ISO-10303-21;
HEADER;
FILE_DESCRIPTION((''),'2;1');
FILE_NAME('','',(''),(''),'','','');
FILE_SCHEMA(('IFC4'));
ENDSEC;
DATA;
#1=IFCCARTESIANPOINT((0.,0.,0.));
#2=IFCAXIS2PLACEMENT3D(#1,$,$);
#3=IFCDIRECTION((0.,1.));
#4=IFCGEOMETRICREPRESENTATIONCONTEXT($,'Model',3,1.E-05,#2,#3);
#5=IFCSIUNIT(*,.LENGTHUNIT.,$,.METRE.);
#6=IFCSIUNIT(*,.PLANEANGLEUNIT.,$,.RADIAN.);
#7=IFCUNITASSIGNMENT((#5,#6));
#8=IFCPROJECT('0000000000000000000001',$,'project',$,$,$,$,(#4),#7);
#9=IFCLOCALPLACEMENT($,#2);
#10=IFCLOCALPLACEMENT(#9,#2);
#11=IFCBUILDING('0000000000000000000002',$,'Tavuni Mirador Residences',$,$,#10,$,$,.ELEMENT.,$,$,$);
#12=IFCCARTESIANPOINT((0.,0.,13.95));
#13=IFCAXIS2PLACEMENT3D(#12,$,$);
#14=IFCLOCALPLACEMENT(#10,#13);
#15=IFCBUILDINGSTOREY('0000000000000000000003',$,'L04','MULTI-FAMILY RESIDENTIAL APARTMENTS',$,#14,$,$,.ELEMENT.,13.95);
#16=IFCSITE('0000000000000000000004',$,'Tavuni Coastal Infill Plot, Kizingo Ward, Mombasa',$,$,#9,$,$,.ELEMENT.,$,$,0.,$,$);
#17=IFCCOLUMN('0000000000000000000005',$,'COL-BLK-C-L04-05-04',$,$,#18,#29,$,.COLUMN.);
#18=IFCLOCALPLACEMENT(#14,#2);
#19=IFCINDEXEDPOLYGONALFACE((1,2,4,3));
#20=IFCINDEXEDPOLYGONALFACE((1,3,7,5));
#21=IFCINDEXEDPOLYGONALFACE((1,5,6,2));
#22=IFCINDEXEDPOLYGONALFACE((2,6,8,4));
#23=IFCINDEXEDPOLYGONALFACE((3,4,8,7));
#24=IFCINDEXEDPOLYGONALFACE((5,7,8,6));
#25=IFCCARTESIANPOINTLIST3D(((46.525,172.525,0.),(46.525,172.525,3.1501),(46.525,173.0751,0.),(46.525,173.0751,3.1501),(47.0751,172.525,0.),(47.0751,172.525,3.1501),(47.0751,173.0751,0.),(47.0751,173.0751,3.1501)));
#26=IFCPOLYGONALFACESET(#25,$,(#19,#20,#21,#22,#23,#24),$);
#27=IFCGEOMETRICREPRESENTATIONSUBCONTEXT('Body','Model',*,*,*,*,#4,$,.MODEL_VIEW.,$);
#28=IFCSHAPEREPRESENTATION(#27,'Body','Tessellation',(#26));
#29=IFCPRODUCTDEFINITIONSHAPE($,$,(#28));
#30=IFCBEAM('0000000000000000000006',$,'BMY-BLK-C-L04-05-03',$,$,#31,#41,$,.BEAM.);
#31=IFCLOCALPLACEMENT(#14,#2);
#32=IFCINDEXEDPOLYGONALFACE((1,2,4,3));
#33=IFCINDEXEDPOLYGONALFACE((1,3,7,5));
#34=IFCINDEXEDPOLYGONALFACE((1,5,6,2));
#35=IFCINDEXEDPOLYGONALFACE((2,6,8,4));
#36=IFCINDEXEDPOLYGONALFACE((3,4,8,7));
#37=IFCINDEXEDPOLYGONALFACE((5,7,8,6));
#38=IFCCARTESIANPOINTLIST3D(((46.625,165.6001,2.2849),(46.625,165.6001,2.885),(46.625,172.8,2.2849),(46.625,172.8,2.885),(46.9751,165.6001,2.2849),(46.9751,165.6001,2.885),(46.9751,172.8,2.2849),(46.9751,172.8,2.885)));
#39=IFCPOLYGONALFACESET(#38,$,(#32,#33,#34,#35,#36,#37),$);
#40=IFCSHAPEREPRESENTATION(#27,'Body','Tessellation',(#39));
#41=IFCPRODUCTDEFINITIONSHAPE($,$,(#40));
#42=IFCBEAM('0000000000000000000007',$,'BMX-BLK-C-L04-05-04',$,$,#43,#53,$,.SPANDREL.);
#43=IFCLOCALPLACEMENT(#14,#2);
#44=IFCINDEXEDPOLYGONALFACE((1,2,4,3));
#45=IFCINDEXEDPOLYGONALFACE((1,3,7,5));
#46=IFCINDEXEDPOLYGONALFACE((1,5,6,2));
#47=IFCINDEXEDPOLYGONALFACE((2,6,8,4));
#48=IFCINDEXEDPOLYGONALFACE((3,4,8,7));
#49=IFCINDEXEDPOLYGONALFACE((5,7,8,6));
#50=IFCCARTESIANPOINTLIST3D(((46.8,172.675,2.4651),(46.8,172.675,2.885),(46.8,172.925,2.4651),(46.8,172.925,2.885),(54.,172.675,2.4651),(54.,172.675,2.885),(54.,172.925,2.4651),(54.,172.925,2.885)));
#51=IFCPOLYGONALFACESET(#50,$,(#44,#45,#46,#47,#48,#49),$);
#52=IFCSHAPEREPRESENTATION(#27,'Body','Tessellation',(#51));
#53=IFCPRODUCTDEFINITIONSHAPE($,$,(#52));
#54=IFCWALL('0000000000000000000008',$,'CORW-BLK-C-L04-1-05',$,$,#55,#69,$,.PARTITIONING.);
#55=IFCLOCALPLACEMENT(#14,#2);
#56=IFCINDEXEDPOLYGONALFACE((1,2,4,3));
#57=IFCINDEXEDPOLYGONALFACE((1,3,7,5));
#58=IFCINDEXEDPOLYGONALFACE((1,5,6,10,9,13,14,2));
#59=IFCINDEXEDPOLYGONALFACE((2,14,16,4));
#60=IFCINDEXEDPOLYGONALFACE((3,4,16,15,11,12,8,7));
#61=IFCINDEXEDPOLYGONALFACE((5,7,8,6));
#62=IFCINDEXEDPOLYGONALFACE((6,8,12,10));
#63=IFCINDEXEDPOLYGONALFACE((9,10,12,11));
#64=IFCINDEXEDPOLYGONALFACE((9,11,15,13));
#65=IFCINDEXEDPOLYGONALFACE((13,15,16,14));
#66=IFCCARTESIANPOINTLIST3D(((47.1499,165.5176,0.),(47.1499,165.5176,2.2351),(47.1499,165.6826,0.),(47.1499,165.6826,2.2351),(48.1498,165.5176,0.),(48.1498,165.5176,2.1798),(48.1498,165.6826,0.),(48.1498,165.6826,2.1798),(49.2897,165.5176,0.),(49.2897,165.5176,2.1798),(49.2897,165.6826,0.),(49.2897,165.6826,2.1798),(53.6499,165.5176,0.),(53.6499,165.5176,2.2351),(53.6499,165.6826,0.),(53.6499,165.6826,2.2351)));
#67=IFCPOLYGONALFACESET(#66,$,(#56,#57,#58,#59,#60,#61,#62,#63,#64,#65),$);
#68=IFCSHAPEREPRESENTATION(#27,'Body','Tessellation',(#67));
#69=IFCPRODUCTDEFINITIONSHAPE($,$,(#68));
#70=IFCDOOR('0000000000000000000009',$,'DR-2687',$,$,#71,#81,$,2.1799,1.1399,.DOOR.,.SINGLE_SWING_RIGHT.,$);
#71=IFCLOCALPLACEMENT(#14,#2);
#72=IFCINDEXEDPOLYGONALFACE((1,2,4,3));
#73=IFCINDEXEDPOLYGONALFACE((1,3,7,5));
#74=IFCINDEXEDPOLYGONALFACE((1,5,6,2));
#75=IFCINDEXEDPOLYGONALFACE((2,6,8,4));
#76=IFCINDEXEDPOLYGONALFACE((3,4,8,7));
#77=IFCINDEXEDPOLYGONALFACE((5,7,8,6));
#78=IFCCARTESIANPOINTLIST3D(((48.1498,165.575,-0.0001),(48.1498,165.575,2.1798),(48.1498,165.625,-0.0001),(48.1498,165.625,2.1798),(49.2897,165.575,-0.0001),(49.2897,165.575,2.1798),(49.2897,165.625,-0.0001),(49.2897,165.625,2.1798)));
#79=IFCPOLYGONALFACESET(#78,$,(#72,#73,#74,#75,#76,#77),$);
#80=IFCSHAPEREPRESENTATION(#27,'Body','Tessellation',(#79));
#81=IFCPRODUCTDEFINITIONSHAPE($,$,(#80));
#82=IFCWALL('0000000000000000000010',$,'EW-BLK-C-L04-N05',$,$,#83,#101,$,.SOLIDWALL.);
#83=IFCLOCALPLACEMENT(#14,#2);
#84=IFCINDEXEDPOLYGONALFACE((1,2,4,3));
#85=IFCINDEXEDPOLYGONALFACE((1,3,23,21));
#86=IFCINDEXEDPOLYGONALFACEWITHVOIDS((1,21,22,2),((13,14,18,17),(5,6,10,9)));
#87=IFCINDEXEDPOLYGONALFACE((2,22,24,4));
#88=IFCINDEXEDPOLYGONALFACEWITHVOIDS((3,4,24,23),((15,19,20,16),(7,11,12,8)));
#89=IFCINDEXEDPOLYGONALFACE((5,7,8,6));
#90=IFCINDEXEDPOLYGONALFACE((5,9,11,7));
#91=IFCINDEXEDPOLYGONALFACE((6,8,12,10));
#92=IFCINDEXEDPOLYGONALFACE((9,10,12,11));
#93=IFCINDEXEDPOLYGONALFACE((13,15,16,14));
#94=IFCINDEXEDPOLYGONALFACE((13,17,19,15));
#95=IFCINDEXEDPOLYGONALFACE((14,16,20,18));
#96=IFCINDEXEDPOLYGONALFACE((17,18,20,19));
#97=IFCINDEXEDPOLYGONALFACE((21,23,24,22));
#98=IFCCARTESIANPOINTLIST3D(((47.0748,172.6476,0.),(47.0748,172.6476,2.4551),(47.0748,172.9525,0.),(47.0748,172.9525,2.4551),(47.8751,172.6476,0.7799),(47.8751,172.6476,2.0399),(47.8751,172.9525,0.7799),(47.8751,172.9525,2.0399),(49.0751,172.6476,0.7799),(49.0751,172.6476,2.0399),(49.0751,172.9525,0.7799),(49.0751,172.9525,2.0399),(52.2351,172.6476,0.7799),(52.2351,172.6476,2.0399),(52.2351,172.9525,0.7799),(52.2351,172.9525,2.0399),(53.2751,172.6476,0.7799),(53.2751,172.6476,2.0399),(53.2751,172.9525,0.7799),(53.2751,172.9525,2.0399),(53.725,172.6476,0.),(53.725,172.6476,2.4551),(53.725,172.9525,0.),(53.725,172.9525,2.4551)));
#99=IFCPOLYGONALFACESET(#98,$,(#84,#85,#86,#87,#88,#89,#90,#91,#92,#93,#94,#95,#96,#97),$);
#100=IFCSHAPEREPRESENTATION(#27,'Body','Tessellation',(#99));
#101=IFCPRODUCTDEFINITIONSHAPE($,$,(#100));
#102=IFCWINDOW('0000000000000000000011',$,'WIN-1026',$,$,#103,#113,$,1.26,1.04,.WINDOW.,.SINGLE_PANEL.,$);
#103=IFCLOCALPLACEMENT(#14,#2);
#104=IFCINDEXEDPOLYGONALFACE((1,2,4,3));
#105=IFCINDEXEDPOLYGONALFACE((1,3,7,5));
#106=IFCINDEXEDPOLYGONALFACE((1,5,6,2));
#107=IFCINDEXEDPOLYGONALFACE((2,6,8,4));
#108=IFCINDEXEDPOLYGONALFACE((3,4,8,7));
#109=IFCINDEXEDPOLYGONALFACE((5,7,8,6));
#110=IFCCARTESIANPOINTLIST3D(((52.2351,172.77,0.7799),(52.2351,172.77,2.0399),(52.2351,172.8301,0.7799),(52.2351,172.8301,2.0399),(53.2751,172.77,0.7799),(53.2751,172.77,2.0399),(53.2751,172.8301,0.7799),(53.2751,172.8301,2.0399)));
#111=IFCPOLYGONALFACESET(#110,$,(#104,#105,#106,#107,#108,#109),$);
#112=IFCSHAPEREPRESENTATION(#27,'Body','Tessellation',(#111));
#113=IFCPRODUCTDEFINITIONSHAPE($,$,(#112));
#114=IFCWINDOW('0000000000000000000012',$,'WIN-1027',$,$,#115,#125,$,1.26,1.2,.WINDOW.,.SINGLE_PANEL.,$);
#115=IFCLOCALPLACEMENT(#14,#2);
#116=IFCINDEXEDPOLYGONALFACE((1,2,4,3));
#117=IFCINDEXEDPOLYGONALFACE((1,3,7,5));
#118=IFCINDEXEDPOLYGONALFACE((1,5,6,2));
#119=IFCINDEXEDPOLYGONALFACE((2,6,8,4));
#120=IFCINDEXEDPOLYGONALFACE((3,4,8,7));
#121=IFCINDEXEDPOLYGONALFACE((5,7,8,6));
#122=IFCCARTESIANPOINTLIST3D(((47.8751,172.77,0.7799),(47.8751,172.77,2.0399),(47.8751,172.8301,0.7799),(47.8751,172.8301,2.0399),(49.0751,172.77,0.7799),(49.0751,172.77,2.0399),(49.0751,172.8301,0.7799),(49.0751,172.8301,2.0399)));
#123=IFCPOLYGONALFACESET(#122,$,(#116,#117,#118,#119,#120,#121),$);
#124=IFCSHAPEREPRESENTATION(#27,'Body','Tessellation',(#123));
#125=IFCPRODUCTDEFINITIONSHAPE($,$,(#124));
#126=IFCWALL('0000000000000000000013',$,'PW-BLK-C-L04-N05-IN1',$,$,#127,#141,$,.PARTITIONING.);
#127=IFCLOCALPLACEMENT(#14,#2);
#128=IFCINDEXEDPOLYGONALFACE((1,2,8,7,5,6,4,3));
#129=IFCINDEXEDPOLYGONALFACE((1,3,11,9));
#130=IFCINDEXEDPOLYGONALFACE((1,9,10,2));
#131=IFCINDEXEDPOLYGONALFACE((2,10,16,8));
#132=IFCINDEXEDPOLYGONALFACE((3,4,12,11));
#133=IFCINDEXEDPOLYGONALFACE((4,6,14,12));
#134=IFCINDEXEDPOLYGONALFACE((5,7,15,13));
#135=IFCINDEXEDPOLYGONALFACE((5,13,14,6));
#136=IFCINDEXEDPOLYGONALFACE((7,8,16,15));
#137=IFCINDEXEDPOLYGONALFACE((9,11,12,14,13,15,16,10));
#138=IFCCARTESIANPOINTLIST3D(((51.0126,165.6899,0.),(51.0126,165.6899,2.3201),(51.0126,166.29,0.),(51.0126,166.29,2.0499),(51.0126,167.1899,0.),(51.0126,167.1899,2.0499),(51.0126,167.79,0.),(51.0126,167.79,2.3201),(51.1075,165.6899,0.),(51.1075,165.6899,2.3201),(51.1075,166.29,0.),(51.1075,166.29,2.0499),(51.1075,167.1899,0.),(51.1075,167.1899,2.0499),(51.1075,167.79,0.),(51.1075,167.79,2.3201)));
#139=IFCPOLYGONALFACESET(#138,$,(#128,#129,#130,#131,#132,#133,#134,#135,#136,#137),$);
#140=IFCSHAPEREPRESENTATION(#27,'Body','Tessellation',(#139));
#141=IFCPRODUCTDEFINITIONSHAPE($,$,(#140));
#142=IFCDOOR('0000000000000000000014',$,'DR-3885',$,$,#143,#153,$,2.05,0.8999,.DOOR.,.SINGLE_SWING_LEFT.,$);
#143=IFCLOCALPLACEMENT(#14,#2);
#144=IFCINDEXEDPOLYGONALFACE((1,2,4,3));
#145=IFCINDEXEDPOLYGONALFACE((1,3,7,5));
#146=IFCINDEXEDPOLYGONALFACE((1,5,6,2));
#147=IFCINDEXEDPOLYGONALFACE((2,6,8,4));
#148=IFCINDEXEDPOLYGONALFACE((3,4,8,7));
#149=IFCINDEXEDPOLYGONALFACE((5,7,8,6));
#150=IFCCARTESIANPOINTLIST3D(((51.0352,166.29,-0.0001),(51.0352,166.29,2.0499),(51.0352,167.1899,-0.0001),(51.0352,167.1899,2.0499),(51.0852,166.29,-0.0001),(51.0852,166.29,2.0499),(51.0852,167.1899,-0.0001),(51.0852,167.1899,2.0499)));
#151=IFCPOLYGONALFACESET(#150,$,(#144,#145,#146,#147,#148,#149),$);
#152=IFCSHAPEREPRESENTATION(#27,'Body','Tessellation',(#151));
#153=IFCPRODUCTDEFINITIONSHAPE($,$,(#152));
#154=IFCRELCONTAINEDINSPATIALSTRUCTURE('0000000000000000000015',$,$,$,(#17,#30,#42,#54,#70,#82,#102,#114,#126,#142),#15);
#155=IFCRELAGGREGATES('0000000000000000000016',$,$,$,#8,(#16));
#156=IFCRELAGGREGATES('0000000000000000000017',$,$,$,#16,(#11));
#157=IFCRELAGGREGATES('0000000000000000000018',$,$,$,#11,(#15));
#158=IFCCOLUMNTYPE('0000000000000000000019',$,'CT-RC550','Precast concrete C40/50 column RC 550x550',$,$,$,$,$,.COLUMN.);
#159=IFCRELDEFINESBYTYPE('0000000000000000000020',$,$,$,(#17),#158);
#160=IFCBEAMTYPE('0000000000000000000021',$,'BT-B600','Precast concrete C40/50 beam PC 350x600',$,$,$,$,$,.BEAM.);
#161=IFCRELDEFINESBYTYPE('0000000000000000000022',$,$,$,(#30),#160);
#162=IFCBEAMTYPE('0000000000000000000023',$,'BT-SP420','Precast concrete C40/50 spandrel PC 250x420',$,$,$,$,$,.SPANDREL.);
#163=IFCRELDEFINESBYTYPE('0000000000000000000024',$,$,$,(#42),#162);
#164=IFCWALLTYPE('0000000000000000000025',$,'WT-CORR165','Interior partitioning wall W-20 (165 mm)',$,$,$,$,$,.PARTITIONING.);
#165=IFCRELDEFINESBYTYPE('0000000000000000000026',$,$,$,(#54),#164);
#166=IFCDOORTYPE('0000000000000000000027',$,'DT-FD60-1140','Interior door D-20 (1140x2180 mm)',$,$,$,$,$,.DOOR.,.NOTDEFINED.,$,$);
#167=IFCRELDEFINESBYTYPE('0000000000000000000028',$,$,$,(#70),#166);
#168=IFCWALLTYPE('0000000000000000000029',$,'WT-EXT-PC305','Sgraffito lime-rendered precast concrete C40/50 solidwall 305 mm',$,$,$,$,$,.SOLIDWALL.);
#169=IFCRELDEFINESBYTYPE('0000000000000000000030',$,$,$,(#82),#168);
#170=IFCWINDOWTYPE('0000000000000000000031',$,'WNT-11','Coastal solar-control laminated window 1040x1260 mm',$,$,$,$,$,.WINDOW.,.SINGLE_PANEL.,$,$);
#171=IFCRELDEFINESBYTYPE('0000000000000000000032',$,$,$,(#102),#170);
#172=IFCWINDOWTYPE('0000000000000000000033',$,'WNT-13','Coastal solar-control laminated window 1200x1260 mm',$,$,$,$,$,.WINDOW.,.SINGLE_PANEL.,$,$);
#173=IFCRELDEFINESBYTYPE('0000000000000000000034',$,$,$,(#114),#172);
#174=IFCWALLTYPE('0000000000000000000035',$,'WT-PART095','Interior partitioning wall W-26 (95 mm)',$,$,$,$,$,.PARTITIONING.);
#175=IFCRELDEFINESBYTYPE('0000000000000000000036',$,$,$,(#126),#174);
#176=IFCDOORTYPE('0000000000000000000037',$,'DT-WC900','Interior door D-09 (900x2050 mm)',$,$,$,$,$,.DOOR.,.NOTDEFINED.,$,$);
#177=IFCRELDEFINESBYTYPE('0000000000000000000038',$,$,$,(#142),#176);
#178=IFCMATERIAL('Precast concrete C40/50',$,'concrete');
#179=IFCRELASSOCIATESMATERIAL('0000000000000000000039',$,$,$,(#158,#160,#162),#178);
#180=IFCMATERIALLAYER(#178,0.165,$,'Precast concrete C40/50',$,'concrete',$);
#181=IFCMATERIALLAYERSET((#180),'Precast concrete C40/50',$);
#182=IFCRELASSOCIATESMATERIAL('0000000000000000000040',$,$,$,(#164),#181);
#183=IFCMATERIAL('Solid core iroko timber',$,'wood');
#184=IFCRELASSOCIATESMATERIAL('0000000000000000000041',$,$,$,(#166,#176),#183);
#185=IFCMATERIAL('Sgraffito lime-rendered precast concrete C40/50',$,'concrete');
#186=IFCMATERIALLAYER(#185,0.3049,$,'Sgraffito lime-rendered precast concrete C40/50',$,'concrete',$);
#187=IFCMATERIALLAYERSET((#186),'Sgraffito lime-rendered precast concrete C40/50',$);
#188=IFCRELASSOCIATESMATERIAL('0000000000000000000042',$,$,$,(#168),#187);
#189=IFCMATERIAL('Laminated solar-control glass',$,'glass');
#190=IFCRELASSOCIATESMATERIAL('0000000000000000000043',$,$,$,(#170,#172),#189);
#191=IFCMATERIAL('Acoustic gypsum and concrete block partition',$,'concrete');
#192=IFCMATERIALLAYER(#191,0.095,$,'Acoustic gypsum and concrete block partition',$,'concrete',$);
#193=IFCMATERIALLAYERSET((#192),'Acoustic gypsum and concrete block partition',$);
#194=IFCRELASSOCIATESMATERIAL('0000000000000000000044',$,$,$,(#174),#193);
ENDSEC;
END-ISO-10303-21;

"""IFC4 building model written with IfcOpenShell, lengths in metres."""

from ifc_helpers import new_model, si_unit, direction, frame, frame_2d, origin, origin_2d, place, context, subcontext, project, spatial, rectangle, extrude, material, layer, layer_set, material_profile, profile_set, type_object, element, fill, save


model = new_model("IFC4")

# Units and contexts
model_context = context("Model", 3, precision=1e-05, world=origin(), true_north=direction((0.0, 1.0)))
body_context = subcontext(model_context, "Body", "Model", "MODEL_VIEW")
ifc_project = project(units=[si_unit("LENGTHUNIT", "METRE"), si_unit("PLANEANGLEUNIT", "RADIAN")], contexts=[model_context])

# Site, building, storey
site_placement = place(None, origin())
site = spatial("IfcSite", under=ifc_project, at=site_placement, Name="Tavuni Coastal Infill Plot, Kizingo Ward, Mombasa", CompositionType="ELEMENT", RefElevation=0.0)
building_placement = place(site_placement, origin())
building = spatial("IfcBuilding", under=site, at=building_placement, Name="Tavuni Mirador Residences", CompositionType="ELEMENT")
storey_placement = place(building_placement, frame((0.0, 0.0, 13.95)))
storey = spatial("IfcBuildingStorey", under=building, at=storey_placement, Name="L04", Description="MULTI-FAMILY RESIDENTIAL APARTMENTS", CompositionType="ELEMENT", Elevation=13.95)

# Column
ifc_material_1 = material(Name="Precast concrete C40/50", Category="concrete")
ifc_material_profile_1 = material_profile(ifc_material_1, rectangle(XDim=0.55, YDim=0.55, at=origin_2d()), Name="RC 550x550", Category="concrete")
ifc_profile_set_1 = profile_set([ifc_material_profile_1], Name="Precast concrete C40/50")
column_type = type_object("IfcColumnType", Name="CT-RC550", Description="Precast concrete C40/50 column RC 550x550", PredefinedType="COLUMN", material=ifc_profile_set_1)
column_placement = place(storey_placement, frame((46.8, 172.8, 0.0), z_axis=(0.0, 0.0, 1.0), x_axis=(1.0, 0.0, 0.0)))
element("IfcColumn", 1, at=column_placement, inside=storey, type_object=column_type, Name="COL-BLK-C-L04-05-04", PredefinedType="COLUMN", context=body_context, shape_type="SweptSolid", body=[
    extrude(rectangle(XDim=0.55, YDim=0.55, at=origin_2d()), origin(), (0.0, 0.0, 1.0), 3.1501),
])

# Beams
ifc_material_profile_2 = material_profile(ifc_material_1, rectangle(XDim=0.3501, YDim=0.6001, at=origin_2d()), Name="PC 350x600", Category="concrete")
ifc_profile_set_2 = profile_set([ifc_material_profile_2], Name="Precast concrete C40/50")
beam_type_1 = type_object("IfcBeamType", Name="BT-B600", Description="Precast concrete C40/50 beam PC 350x600", PredefinedType="BEAM", material=ifc_profile_set_2)
beam_1_placement = place(storey_placement, frame((46.8, 165.6001, 2.585), z_axis=(0.0, 1.0, 0.0), x_axis=(-1.0, 0.0, 0.0)))
element("IfcBeam", 2, at=beam_1_placement, inside=storey, type_object=beam_type_1, Name="BMY-BLK-C-L04-05-03", PredefinedType="BEAM", context=body_context, shape_type="SweptSolid", body=[
    extrude(rectangle(XDim=0.3501, YDim=0.6001, at=origin_2d()), origin(), (0.0, 0.0, 1.0), 7.2),
])
ifc_material_profile_3 = material_profile(ifc_material_1, rectangle(XDim=0.25, YDim=0.4199, at=origin_2d()), Name="PC 250x420", Category="concrete")
ifc_profile_set_3 = profile_set([ifc_material_profile_3], Name="Precast concrete C40/50")
beam_type_2 = type_object("IfcBeamType", Name="BT-SP420", Description="Precast concrete C40/50 spandrel PC 250x420", PredefinedType="SPANDREL", material=ifc_profile_set_3)
beam_2_placement = place(storey_placement, frame((46.8, 172.8, 2.675), z_axis=(1.0, 0.0, 0.0), x_axis=(0.0, 1.0, 0.0)))
element("IfcBeam", 3, at=beam_2_placement, inside=storey, type_object=beam_type_2, Name="BMX-BLK-C-L04-05-04", PredefinedType="SPANDREL", context=body_context, shape_type="SweptSolid", body=[
    extrude(rectangle(XDim=0.25, YDim=0.4199, at=origin_2d()), origin(), (0.0, 0.0, 1.0), 7.2),
])

# Wall, opening, door
ifc_layer_1 = layer(ifc_material_1, 0.165, Name="Precast concrete C40/50", Category="concrete")
ifc_layer_set_1 = layer_set([ifc_layer_1], Name="Precast concrete C40/50")
wall_type_1 = type_object("IfcWallType", Name="WT-CORR165", Description="Interior partitioning wall W-20 (165 mm)", PredefinedType="PARTITIONING", material=ifc_layer_set_1)
wall_1_placement = place(storey_placement, frame((47.1499, 165.6001, 0.0), z_axis=(0.0, 0.0, 1.0), x_axis=(1.0, 0.0, 0.0)))
wall_1 = element("IfcWall", 4, at=wall_1_placement, inside=storey, type_object=wall_type_1, Name="CORW-BLK-C-L04-1-05", PredefinedType="PARTITIONING", context=body_context, shape_type="SweptSolid", body=[
    extrude(rectangle(XDim=6.5, YDim=0.165, at=frame_2d((3.25, 0.0))), origin(), (0.0, 0.0, 1.0), 2.2351),
])
opening_1_placement = place(wall_1_placement, frame((1.0, 0.0, 0.0)))
opening_1 = element("IfcOpeningElement", 5, at=opening_1_placement, cuts=wall_1, PredefinedType="OPENING", context=body_context, shape_type="SweptSolid", body=[
    extrude(rectangle(XDim=1.1399, YDim=2.1799, at=frame_2d((0.5698, 1.0898))), frame((0.0, 0.0925, 0.0), z_axis=(0.0, -1.0, 0.0), x_axis=(1.0, 0.0, 0.0)), (0.0, 0.0, 1.0), 0.1851),
])
ifc_material_2 = material(Name="Solid core iroko timber", Category="wood")
door_type_1 = type_object("IfcDoorType", Name="DT-FD60-1140", Description="Interior door D-20 (1140x2180 mm)", OperationType="NOTDEFINED", PredefinedType="DOOR", material=ifc_material_2)
door_1_placement = place(opening_1_placement, origin())
door_1 = element("IfcDoor", 6, at=door_1_placement, inside=storey, type_object=door_type_1, Name="DR-2687", OperationType="SINGLE_SWING_RIGHT", OverallHeight=2.1799, OverallWidth=1.1399, PredefinedType="DOOR", context=body_context, shape_type="SweptSolid", body=[
    extrude(rectangle(XDim=1.1399, YDim=2.1799, at=frame_2d((0.5698, 1.0898))), frame((0.0, 0.0249, 0.0), z_axis=(0.0, -1.0, 0.0), x_axis=(1.0, 0.0, 0.0)), (0.0, 0.0, 1.0), 0.05),
])
fill(opening_1, door_1)

# Wall, openings, windows
ifc_material_3 = material(Name="Sgraffito lime-rendered precast concrete C40/50", Category="concrete")
ifc_layer_2 = layer(ifc_material_3, 0.3049, Name="Sgraffito lime-rendered precast concrete C40/50", Category="concrete")
ifc_layer_set_2 = layer_set([ifc_layer_2], Name="Sgraffito lime-rendered precast concrete C40/50")
wall_type_2 = type_object("IfcWallType", Name="WT-EXT-PC305", Description="Sgraffito lime-rendered precast concrete C40/50 solidwall 305 mm", PredefinedType="SOLIDWALL", material=ifc_layer_set_2)
wall_2_placement = place(storey_placement, frame((53.7251, 172.8, 0.0), z_axis=(0.0, 0.0, 1.0), x_axis=(-1.0, 0.0, 0.0)))
wall_2 = element("IfcWall", 7, at=wall_2_placement, inside=storey, type_object=wall_type_2, Name="EW-BLK-C-L04-N05", PredefinedType="SOLIDWALL", context=body_context, shape_type="SweptSolid", body=[
    extrude(rectangle(XDim=6.6501, YDim=0.3049, at=frame_2d((3.3252, 0.0))), origin(), (0.0, 0.0, 1.0), 2.4551),
])
opening_2_placement = place(wall_2_placement, frame((0.45, 0.0, 0.78)))
opening_2 = element("IfcOpeningElement", 8, at=opening_2_placement, cuts=wall_2, PredefinedType="OPENING", context=body_context, shape_type="SweptSolid", body=[
    extrude(rectangle(XDim=1.04, YDim=1.26, at=frame_2d((0.52, 0.6299))), frame((0.0, 0.1626, 0.0), z_axis=(0.0, -1.0, 0.0), x_axis=(1.0, 0.0, 0.0)), (0.0, 0.0, 1.0), 0.325),
])
opening_3_placement = place(wall_2_placement, frame((4.6499, 0.0, 0.78)))
opening_3 = element("IfcOpeningElement", 9, at=opening_3_placement, cuts=wall_2, PredefinedType="OPENING", context=body_context, shape_type="SweptSolid", body=[
    extrude(rectangle(XDim=1.2, YDim=1.26, at=frame_2d((0.6001, 0.6299))), frame((0.0, 0.1626, 0.0), z_axis=(0.0, -1.0, 0.0), x_axis=(1.0, 0.0, 0.0)), (0.0, 0.0, 1.0), 0.325),
])
ifc_material_4 = material(Name="Laminated solar-control glass", Category="glass")
window_type_1 = type_object("IfcWindowType", Name="WNT-11", Description="Coastal solar-control laminated window 1040x1260 mm", PartitioningType="SINGLE_PANEL", PredefinedType="WINDOW", material=ifc_material_4)
window_1_placement = place(opening_2_placement, origin())
window_1 = element("IfcWindow", 10, at=window_1_placement, inside=storey, type_object=window_type_1, Name="WIN-1026", OverallHeight=1.26, OverallWidth=1.04, PartitioningType="SINGLE_PANEL", PredefinedType="WINDOW", context=body_context, shape_type="SweptSolid", body=[
    extrude(rectangle(XDim=1.04, YDim=1.26, at=frame_2d((0.52, 0.6299))), frame((0.0, 0.03, 0.0), z_axis=(0.0, -1.0, 0.0), x_axis=(1.0, 0.0, 0.0)), (0.0, 0.0, 1.0), 0.0601),
])
fill(opening_2, window_1)
window_type_2 = type_object("IfcWindowType", Name="WNT-13", Description="Coastal solar-control laminated window 1200x1260 mm", PartitioningType="SINGLE_PANEL", PredefinedType="WINDOW", material=ifc_material_4)
window_2_placement = place(opening_3_placement, origin())
window_2 = element("IfcWindow", 11, at=window_2_placement, inside=storey, type_object=window_type_2, Name="WIN-1027", OverallHeight=1.26, OverallWidth=1.2, PartitioningType="SINGLE_PANEL", PredefinedType="WINDOW", context=body_context, shape_type="SweptSolid", body=[
    extrude(rectangle(XDim=1.2, YDim=1.26, at=frame_2d((0.6001, 0.6299))), frame((0.0, 0.03, 0.0), z_axis=(0.0, -1.0, 0.0), x_axis=(1.0, 0.0, 0.0)), (0.0, 0.0, 1.0), 0.0601),
])
fill(opening_3, window_2)

# Wall, opening, door
ifc_material_5 = material(Name="Acoustic gypsum and concrete block partition", Category="concrete")
ifc_layer_3 = layer(ifc_material_5, 0.095, Name="Acoustic gypsum and concrete block partition", Category="concrete")
ifc_layer_set_3 = layer_set([ifc_layer_3], Name="Acoustic gypsum and concrete block partition")
wall_type_3 = type_object("IfcWallType", Name="WT-PART095", Description="Interior partitioning wall W-26 (95 mm)", PredefinedType="PARTITIONING", material=ifc_layer_set_3)
wall_3_placement = place(storey_placement, frame((51.0601, 165.6899, 0.0), z_axis=(0.0, 0.0, 1.0), x_axis=(0.0, 1.0, 0.0)))
wall_3 = element("IfcWall", 12, at=wall_3_placement, inside=storey, type_object=wall_type_3, Name="PW-BLK-C-L04-N05-IN1", PredefinedType="PARTITIONING", context=body_context, shape_type="SweptSolid", body=[
    extrude(rectangle(XDim=2.1001, YDim=0.095, at=frame_2d((1.05, 0.0))), origin(), (0.0, 0.0, 1.0), 2.3201),
])
opening_4_placement = place(wall_3_placement, frame((0.6001, 0.0, 0.0)))
opening_4 = element("IfcOpeningElement", 13, at=opening_4_placement, cuts=wall_3, PredefinedType="OPENING", context=body_context, shape_type="SweptSolid", body=[
    extrude(rectangle(XDim=0.8999, YDim=2.05, at=frame_2d((0.45, 1.0249))), frame((0.0, 0.0576, 0.0), z_axis=(0.0, -1.0, 0.0), x_axis=(1.0, 0.0, 0.0)), (0.0, 0.0, 1.0), 0.115),
])
door_type_2 = type_object("IfcDoorType", Name="DT-WC900", Description="Interior door D-09 (900x2050 mm)", OperationType="NOTDEFINED", PredefinedType="DOOR", material=ifc_material_2)
door_2_placement = place(opening_4_placement, origin())
door_2 = element("IfcDoor", 14, at=door_2_placement, inside=storey, type_object=door_type_2, Name="DR-3885", OperationType="SINGLE_SWING_LEFT", OverallHeight=2.05, OverallWidth=0.8999, PredefinedType="DOOR", context=body_context, shape_type="SweptSolid", body=[
    extrude(rectangle(XDim=0.8999, YDim=2.05, at=frame_2d((0.45, 1.0249))), frame((0.0, 0.0249, 0.0), z_axis=(0.0, -1.0, 0.0), x_axis=(1.0, 0.0, 0.0)), (0.0, 0.0, 1.0), 0.05),
])
fill(opening_4, door_2)

save(model, "model.ifc")
